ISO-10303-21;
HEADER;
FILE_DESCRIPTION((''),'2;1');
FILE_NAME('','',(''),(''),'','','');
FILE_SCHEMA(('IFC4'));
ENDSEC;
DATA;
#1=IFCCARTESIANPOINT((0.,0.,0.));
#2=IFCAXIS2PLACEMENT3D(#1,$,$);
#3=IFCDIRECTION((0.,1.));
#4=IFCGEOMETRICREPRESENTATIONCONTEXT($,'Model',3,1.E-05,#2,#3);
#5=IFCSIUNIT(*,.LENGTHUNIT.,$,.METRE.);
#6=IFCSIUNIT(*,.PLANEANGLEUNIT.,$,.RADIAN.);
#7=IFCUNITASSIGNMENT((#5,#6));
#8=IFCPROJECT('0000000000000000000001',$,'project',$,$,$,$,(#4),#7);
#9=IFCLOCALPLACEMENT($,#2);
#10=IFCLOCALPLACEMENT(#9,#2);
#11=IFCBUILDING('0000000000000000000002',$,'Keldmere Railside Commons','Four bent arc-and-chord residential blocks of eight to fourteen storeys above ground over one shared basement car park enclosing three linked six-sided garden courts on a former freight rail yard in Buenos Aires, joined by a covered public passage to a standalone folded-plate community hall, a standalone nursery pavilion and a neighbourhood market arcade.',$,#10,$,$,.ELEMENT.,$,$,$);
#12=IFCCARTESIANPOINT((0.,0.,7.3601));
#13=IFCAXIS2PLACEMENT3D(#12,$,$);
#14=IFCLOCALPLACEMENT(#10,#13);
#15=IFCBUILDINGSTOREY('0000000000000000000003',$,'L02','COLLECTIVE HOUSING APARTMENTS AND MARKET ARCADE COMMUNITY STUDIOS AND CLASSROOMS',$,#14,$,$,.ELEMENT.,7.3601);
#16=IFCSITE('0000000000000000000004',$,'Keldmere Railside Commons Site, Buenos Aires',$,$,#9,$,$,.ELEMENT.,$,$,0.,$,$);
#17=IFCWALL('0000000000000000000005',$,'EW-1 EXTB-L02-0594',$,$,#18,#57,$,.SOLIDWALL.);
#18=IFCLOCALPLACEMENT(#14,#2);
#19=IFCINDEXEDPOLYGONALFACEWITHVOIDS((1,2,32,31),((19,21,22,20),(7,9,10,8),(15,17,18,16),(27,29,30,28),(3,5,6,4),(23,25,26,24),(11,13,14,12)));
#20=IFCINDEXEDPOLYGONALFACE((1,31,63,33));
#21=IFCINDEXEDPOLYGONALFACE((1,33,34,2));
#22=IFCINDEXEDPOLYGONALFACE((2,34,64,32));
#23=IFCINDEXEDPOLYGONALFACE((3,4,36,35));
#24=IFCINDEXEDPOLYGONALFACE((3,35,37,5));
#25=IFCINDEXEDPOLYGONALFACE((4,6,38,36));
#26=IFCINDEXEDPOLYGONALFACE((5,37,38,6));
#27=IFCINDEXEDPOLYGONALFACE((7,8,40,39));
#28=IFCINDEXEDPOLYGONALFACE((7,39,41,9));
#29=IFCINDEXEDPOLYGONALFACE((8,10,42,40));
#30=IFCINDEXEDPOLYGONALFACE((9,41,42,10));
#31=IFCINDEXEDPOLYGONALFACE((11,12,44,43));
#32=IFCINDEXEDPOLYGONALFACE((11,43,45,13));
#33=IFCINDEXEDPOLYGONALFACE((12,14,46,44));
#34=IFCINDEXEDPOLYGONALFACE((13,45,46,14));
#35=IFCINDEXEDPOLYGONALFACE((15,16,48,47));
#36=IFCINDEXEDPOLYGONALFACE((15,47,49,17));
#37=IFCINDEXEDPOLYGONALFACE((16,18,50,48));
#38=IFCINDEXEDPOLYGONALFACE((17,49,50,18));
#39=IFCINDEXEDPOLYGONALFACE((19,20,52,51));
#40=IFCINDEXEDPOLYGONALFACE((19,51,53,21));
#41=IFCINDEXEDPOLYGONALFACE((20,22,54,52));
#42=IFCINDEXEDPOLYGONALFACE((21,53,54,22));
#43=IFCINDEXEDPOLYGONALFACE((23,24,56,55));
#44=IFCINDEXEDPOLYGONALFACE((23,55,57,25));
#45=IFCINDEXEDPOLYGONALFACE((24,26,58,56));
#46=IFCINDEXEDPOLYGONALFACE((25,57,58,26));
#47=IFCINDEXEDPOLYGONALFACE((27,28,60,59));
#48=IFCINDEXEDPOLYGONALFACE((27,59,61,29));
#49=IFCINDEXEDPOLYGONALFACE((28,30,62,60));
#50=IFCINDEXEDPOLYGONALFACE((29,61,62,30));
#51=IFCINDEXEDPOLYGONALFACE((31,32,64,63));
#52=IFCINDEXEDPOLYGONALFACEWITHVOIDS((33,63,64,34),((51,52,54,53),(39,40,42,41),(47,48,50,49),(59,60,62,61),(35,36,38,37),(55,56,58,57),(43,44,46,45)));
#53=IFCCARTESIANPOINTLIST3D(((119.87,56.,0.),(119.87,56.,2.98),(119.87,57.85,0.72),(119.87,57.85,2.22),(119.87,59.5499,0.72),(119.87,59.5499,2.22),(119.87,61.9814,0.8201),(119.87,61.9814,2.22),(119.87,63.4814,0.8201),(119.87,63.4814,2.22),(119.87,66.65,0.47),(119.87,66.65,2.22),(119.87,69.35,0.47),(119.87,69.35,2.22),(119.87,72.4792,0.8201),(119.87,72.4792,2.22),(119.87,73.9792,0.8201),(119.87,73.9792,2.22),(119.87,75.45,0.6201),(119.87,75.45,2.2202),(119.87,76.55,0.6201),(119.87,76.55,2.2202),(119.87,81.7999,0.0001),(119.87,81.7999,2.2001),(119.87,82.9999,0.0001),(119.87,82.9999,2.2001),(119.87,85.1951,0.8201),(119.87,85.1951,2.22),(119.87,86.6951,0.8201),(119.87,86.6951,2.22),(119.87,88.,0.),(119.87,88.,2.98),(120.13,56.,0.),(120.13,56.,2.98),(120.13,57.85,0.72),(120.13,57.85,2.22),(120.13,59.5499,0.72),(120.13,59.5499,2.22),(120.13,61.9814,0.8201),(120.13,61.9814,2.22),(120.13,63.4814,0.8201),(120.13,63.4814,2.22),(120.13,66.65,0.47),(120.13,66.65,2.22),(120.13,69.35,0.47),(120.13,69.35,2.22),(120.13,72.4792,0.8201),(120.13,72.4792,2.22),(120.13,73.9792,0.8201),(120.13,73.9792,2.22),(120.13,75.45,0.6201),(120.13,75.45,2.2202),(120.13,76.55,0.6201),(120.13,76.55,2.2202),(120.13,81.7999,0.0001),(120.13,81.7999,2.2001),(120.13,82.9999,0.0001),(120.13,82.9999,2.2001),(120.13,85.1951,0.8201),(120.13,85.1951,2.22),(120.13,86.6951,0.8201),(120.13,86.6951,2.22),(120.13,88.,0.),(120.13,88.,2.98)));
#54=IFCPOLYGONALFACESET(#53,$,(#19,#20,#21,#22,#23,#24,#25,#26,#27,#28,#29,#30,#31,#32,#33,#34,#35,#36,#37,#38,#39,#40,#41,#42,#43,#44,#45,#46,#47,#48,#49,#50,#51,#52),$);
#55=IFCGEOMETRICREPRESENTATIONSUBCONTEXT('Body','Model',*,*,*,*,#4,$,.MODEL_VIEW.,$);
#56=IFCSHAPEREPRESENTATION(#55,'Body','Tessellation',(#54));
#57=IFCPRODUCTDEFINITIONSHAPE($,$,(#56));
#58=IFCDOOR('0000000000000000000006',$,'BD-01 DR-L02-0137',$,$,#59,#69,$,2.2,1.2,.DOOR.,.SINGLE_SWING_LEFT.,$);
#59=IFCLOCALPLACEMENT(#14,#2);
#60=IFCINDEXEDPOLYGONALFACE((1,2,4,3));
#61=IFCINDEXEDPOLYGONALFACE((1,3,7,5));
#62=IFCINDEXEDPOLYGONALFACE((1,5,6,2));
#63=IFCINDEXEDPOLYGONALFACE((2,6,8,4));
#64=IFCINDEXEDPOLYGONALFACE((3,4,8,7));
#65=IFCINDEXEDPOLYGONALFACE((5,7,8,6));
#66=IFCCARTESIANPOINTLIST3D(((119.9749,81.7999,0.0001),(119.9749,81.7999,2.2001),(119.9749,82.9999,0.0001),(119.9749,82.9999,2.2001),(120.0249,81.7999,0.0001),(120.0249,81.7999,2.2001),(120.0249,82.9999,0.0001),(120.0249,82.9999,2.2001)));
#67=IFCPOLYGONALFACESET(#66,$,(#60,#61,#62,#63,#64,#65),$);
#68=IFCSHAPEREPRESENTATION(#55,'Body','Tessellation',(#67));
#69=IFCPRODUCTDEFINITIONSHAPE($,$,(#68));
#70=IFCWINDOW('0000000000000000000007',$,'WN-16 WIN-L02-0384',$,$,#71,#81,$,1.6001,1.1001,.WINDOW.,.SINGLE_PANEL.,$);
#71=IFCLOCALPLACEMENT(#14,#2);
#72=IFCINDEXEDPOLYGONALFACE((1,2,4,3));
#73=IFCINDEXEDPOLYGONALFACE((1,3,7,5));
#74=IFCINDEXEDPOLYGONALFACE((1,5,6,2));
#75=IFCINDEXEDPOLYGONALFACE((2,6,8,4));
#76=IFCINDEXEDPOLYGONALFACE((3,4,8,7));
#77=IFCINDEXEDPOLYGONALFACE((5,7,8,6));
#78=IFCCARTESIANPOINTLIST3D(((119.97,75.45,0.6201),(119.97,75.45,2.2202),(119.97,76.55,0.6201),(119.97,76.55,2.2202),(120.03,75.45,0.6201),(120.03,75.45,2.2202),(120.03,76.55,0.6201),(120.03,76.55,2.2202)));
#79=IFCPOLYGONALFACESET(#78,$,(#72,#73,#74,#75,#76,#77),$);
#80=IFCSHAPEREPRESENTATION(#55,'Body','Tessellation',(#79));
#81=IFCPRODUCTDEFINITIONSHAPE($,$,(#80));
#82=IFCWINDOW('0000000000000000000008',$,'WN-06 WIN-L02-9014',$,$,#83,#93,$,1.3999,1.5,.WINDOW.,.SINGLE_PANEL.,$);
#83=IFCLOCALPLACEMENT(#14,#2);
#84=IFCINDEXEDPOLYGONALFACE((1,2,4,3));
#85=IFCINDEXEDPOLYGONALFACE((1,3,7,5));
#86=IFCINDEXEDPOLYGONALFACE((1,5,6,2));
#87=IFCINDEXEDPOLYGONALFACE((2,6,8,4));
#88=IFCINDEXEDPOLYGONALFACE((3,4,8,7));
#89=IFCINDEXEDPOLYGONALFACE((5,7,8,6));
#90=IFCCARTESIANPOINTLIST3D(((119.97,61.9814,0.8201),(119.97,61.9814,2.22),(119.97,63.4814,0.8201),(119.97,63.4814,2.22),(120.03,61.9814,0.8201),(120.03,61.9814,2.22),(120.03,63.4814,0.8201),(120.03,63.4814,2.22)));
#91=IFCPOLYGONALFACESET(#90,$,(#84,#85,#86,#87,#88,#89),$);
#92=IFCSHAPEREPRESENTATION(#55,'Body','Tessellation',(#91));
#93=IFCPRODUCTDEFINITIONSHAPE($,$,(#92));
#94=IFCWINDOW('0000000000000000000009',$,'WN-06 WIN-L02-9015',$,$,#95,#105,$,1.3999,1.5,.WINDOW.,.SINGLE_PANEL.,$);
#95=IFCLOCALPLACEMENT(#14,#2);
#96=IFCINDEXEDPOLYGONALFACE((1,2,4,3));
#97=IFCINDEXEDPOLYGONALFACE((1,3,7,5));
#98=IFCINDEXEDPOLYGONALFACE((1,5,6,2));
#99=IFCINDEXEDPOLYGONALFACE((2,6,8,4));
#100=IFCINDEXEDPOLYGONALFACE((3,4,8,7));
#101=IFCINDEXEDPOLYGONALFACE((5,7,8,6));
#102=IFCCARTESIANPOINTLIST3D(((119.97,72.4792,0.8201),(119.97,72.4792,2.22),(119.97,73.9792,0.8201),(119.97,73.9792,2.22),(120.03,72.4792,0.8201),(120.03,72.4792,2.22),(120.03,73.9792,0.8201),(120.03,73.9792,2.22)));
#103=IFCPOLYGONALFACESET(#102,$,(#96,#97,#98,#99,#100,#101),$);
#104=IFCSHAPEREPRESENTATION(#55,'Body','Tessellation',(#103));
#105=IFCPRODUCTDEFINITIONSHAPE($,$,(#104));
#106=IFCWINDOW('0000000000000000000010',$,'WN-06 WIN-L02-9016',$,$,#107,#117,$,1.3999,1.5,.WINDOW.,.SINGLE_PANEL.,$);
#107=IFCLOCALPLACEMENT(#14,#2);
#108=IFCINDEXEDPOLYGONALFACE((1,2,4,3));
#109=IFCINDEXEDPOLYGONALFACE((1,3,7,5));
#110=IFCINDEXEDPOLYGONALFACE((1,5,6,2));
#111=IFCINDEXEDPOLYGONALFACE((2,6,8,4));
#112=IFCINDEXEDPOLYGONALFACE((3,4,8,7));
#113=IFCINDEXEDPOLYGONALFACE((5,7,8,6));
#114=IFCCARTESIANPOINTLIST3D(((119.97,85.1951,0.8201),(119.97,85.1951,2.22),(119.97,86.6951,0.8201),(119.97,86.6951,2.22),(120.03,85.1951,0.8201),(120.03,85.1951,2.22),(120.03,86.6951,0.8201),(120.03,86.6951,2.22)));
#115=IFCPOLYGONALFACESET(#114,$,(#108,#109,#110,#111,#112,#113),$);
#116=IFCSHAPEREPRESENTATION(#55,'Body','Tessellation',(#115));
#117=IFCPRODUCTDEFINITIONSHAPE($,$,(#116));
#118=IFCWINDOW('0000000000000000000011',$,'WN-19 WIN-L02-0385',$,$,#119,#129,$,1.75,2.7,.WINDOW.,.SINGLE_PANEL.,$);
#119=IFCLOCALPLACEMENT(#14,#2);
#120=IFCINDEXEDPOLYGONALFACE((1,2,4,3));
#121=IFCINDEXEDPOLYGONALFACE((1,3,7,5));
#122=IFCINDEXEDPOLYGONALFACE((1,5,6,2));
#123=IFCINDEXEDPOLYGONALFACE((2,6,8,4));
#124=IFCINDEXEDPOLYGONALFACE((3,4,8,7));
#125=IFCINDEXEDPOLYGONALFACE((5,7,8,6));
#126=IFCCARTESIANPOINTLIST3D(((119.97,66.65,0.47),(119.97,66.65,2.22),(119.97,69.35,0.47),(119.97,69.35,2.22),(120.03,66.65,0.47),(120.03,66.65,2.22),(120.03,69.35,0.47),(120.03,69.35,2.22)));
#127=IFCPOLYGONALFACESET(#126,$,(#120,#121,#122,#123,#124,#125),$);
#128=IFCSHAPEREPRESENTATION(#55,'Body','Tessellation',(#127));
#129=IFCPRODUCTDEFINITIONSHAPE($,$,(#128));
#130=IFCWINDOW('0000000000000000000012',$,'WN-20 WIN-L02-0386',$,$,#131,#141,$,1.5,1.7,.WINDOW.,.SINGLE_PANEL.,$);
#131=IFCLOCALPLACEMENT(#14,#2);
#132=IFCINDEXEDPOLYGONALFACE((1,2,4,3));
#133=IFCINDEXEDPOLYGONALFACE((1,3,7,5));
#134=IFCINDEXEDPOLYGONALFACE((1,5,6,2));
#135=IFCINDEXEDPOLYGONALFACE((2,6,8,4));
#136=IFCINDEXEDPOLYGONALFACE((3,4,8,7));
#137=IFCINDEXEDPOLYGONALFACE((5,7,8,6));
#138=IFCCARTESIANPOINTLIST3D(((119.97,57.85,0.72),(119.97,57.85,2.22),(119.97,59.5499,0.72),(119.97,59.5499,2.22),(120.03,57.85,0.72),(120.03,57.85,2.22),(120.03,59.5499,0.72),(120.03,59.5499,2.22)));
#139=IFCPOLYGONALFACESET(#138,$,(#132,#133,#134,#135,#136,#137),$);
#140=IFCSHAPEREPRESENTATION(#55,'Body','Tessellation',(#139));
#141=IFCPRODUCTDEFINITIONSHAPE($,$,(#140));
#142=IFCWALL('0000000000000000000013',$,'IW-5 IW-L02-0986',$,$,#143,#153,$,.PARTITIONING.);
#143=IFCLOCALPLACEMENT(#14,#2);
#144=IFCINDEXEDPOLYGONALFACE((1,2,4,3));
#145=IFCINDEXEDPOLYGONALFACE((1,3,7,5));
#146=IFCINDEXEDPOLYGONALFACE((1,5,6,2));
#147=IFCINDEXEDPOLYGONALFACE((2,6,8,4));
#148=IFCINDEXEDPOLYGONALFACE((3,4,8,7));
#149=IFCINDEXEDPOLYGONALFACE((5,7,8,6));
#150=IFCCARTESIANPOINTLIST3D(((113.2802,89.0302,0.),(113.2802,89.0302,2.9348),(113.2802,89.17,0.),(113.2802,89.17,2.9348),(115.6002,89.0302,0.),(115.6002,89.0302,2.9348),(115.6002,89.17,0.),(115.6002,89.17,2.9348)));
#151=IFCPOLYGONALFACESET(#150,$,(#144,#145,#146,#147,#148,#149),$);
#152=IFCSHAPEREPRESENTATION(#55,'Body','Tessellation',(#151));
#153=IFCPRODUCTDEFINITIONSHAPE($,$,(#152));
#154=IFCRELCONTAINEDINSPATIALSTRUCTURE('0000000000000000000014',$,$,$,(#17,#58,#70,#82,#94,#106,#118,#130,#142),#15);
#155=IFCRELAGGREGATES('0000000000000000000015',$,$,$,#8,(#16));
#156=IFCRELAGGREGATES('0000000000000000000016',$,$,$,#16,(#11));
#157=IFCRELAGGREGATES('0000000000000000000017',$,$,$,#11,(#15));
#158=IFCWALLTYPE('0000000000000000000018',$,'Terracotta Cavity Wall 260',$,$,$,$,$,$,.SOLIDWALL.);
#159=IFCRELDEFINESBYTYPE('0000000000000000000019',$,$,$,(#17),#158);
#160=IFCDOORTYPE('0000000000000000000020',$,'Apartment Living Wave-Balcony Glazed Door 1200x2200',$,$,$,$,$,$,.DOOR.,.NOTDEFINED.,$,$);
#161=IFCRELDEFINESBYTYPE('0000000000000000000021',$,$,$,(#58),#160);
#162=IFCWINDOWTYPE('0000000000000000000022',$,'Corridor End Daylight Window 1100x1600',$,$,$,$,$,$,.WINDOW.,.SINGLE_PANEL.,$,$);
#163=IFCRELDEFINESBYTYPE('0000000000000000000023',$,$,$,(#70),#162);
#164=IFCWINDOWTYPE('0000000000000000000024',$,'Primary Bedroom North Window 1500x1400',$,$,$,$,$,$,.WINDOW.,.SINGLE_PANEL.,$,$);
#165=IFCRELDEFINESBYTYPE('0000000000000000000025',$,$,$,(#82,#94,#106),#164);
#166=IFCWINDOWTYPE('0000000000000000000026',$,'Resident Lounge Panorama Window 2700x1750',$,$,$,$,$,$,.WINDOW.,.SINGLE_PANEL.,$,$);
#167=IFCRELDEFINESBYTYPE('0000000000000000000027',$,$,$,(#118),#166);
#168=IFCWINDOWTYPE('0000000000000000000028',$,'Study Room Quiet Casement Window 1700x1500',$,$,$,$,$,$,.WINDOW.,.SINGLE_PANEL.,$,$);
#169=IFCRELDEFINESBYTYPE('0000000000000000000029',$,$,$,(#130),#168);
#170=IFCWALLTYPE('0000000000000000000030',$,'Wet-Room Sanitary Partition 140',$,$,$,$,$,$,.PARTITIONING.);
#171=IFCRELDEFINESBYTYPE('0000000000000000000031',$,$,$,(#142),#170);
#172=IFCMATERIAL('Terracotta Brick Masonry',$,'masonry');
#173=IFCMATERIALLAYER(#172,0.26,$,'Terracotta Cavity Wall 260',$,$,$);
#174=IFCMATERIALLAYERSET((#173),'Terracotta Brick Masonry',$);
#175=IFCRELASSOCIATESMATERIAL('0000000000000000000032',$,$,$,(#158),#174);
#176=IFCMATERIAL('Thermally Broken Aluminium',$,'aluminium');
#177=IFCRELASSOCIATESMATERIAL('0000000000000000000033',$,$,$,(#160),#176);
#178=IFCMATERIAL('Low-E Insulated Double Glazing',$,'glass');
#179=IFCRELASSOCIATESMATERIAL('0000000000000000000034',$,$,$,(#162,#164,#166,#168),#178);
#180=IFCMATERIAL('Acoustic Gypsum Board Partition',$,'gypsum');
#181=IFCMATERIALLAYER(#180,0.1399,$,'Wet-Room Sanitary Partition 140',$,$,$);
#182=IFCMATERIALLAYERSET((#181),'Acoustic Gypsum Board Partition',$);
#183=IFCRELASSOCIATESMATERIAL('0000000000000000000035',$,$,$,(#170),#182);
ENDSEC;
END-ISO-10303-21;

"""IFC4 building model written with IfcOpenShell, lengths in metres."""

from ifc_helpers import new_model, si_unit, direction, frame, frame_2d, origin, place, context, subcontext, project, spatial, rectangle, extrude, material, layer, layer_set, type_object, element, fill, save


model = new_model("IFC4")

# Units and contexts
model_context = context("Model", 3, precision=1e-05, world=origin(), true_north=direction((0.0, 1.0)))
body_context = subcontext(model_context, "Body", "Model", "MODEL_VIEW")
ifc_project = project(units=[si_unit("LENGTHUNIT", "METRE"), si_unit("PLANEANGLEUNIT", "RADIAN")], contexts=[model_context])

# Site, building, storey
site_placement = place(None, origin())
site = spatial("IfcSite", under=ifc_project, at=site_placement, Name="Keldmere Railside Commons Site, Buenos Aires", CompositionType="ELEMENT", RefElevation=0.0)
building_placement = place(site_placement, origin())
building = spatial("IfcBuilding", under=site, at=building_placement, Name="Keldmere Railside Commons", Description="Four bent arc-and-chord residential blocks of eight to fourteen storeys above ground over one shared basement car park enclosing three linked six-sided garden courts on a former freight rail yard in Buenos Aires, joined by a covered public passage to a standalone folded-plate community hall, a standalone nursery pavilion and a neighbourhood market arcade.", CompositionType="ELEMENT")
storey_placement = place(building_placement, frame((0.0, 0.0, 7.3601)))
storey = spatial("IfcBuildingStorey", under=building, at=storey_placement, Name="L02", Description="COLLECTIVE HOUSING APARTMENTS AND MARKET ARCADE COMMUNITY STUDIOS AND CLASSROOMS", CompositionType="ELEMENT", Elevation=7.3601)

# Shared definitions
ifc_material_1 = material(Name="Acoustic Gypsum Board Partition", Category="gypsum")

# Wall, openings, door, windows
ifc_material_2 = material(Name="Terracotta Brick Masonry", Category="masonry")
ifc_layer_1 = layer(ifc_material_2, 0.26, Name="Terracotta Cavity Wall 260")
ifc_layer_set_1 = layer_set([ifc_layer_1], Name="Terracotta Brick Masonry")
wall_type_1 = type_object("IfcWallType", Name="Terracotta Cavity Wall 260", PredefinedType="SOLIDWALL", material=ifc_layer_set_1)
wall_1_placement = place(storey_placement, frame((120.0, 88.0, 0.0), z_axis=(0.0, 0.0, 1.0), x_axis=(0.0, -1.0, 0.0)))
wall_1 = element("IfcWall", 1, at=wall_1_placement, inside=storey, type_object=wall_type_1, Name="EW-1 EXTB-L02-0594", PredefinedType="SOLIDWALL", context=body_context, shape_type="SweptSolid", body=[
    extrude(rectangle(XDim=32.0, YDim=0.26, at=frame_2d((16.0, 0.0))), origin(), (0.0, 0.0, 1.0), 2.98),
])
opening_1_placement = place(wall_1_placement, frame((5.0, 0.0, 0.0)))
opening_1 = element("IfcOpeningElement", 2, at=opening_1_placement, cuts=wall_1, PredefinedType="OPENING", context=body_context, shape_type="SweptSolid", body=[
    extrude(rectangle(XDim=1.2, YDim=2.2, at=frame_2d((0.6001, 1.1001))), frame((0.0, 0.1399, 0.0), z_axis=(0.0, -1.0, 0.0), x_axis=(1.0, 0.0, 0.0)), (0.0, 0.0, 1.0), 0.28),
])
opening_2_placement = place(wall_1_placement, frame((11.45, 0.0, 0.6201)))
opening_2 = element("IfcOpeningElement", 3, at=opening_2_placement, cuts=wall_1, PredefinedType="OPENING", context=body_context, shape_type="SweptSolid", body=[
    extrude(rectangle(XDim=1.1001, YDim=1.6001, at=frame_2d((0.55, 0.8))), frame((0.0, 0.1399, 0.0), z_axis=(0.0, -1.0, 0.0), x_axis=(1.0, 0.0, 0.0)), (0.0, 0.0, 1.0), 0.28),
])
opening_3_placement = place(wall_1_placement, frame((18.6499, 0.0, 0.47)))
opening_3 = element("IfcOpeningElement", 4, at=opening_3_placement, cuts=wall_1, PredefinedType="OPENING", context=body_context, shape_type="SweptSolid", body=[
    extrude(rectangle(XDim=2.7, YDim=1.75, at=frame_2d((1.3501, 0.875))), frame((0.0, 0.1399, 0.0), z_axis=(0.0, -1.0, 0.0), x_axis=(1.0, 0.0, 0.0)), (0.0, 0.0, 1.0), 0.28),
])
opening_4_placement = place(wall_1_placement, frame((28.45, 0.0, 0.72)))
opening_4 = element("IfcOpeningElement", 5, at=opening_4_placement, cuts=wall_1, PredefinedType="OPENING", context=body_context, shape_type="SweptSolid", body=[
    extrude(rectangle(XDim=1.7, YDim=1.5, at=frame_2d((0.8501, 0.75))), frame((0.0, 0.1399, 0.0), z_axis=(0.0, -1.0, 0.0), x_axis=(1.0, 0.0, 0.0)), (0.0, 0.0, 1.0), 0.28),
])
opening_5_placement = place(wall_1_placement, frame((24.5186, 0.0, 0.8201)))
opening_5 = element("IfcOpeningElement", 6, at=opening_5_placement, cuts=wall_1, PredefinedType="OPENING", context=body_context, shape_type="SweptSolid", body=[
    extrude(rectangle(XDim=1.5, YDim=1.3999, at=frame_2d((0.75, 0.7))), frame((0.0, 0.1399, 0.0), z_axis=(0.0, -1.0, 0.0), x_axis=(1.0, 0.0, 0.0)), (0.0, 0.0, 1.0), 0.28),
])
opening_6_placement = place(wall_1_placement, frame((14.0208, 0.0, 0.8201)))
opening_6 = element("IfcOpeningElement", 7, at=opening_6_placement, cuts=wall_1, PredefinedType="OPENING", context=body_context, shape_type="SweptSolid", body=[
    extrude(rectangle(XDim=1.5, YDim=1.3999, at=frame_2d((0.75, 0.7))), frame((0.0, 0.1399, 0.0), z_axis=(0.0, -1.0, 0.0), x_axis=(1.0, 0.0, 0.0)), (0.0, 0.0, 1.0), 0.28),
])
opening_7_placement = place(wall_1_placement, frame((1.3049, 0.0, 0.8201)))
opening_7 = element("IfcOpeningElement", 8, at=opening_7_placement, cuts=wall_1, PredefinedType="OPENING", context=body_context, shape_type="SweptSolid", body=[
    extrude(rectangle(XDim=1.5, YDim=1.3999, at=frame_2d((0.75, 0.7))), frame((0.0, 0.1399, 0.0), z_axis=(0.0, -1.0, 0.0), x_axis=(1.0, 0.0, 0.0)), (0.0, 0.0, 1.0), 0.28),
])
ifc_material_3 = material(Name="Thermally Broken Aluminium", Category="aluminium")
door_type_1 = type_object("IfcDoorType", Name="Apartment Living Wave-Balcony Glazed Door 1200x2200", OperationType="NOTDEFINED", PredefinedType="DOOR", material=ifc_material_3)
door_1_placement = place(opening_1_placement, origin())
door_1 = element("IfcDoor", 9, at=door_1_placement, inside=storey, type_object=door_type_1, Name="BD-01 DR-L02-0137", OperationType="SINGLE_SWING_LEFT", OverallHeight=2.2, OverallWidth=1.2, PredefinedType="DOOR", context=body_context, shape_type="SweptSolid", body=[
    extrude(rectangle(XDim=1.2, YDim=2.2, at=frame_2d((0.6001, 1.1001))), frame((0.0, 0.0249, 0.0), z_axis=(0.0, -1.0, 0.0), x_axis=(1.0, 0.0, 0.0)), (0.0, 0.0, 1.0), 0.05),
])
fill(opening_1, door_1)
ifc_material_4 = material(Name="Low-E Insulated Double Glazing", Category="glass")
window_type_1 = type_object("IfcWindowType", Name="Corridor End Daylight Window 1100x1600", PartitioningType="SINGLE_PANEL", PredefinedType="WINDOW", material=ifc_material_4)
window_1_placement = place(opening_2_placement, origin())
window_1 = element("IfcWindow", 10, at=window_1_placement, inside=storey, type_object=window_type_1, Name="WN-16 WIN-L02-0384", OverallHeight=1.6001, OverallWidth=1.1001, PartitioningType="SINGLE_PANEL", PredefinedType="WINDOW", context=body_context, shape_type="SweptSolid", body=[
    extrude(rectangle(XDim=1.1001, YDim=1.6001, at=frame_2d((0.55, 0.8))), frame((0.0, 0.03, 0.0), z_axis=(0.0, -1.0, 0.0), x_axis=(1.0, 0.0, 0.0)), (0.0, 0.0, 1.0), 0.0601),
])
fill(opening_2, window_1)
window_type_2 = type_object("IfcWindowType", Name="Primary Bedroom North Window 1500x1400", PartitioningType="SINGLE_PANEL", PredefinedType="WINDOW", material=ifc_material_4)
window_2_placement = place(opening_5_placement, origin())
window_2 = element("IfcWindow", 11, at=window_2_placement, inside=storey, type_object=window_type_2, Name="WN-06 WIN-L02-9014", OverallHeight=1.3999, OverallWidth=1.5, PartitioningType="SINGLE_PANEL", PredefinedType="WINDOW", context=body_context, shape_type="SweptSolid", body=[
    extrude(rectangle(XDim=1.5, YDim=1.3999, at=frame_2d((0.75, 0.7))), frame((0.0, 0.03, 0.0), z_axis=(0.0, -1.0, 0.0), x_axis=(1.0, 0.0, 0.0)), (0.0, 0.0, 1.0), 0.0601),
])
fill(opening_5, window_2)
window_3_placement = place(opening_6_placement, origin())
window_3 = element("IfcWindow", 12, at=window_3_placement, inside=storey, type_object=window_type_2, Name="WN-06 WIN-L02-9015", OverallHeight=1.3999, OverallWidth=1.5, PartitioningType="SINGLE_PANEL", PredefinedType="WINDOW", context=body_context, shape_type="SweptSolid", body=[
    extrude(rectangle(XDim=1.5, YDim=1.3999, at=frame_2d((0.75, 0.7))), frame((0.0, 0.03, 0.0), z_axis=(0.0, -1.0, 0.0), x_axis=(1.0, 0.0, 0.0)), (0.0, 0.0, 1.0), 0.0601),
])
fill(opening_6, window_3)
window_4_placement = place(opening_7_placement, origin())
window_4 = element("IfcWindow", 13, at=window_4_placement, inside=storey, type_object=window_type_2, Name="WN-06 WIN-L02-9016", OverallHeight=1.3999, OverallWidth=1.5, PartitioningType="SINGLE_PANEL", PredefinedType="WINDOW", context=body_context, shape_type="SweptSolid", body=[
    extrude(rectangle(XDim=1.5, YDim=1.3999, at=frame_2d((0.75, 0.7))), frame((0.0, 0.03, 0.0), z_axis=(0.0, -1.0, 0.0), x_axis=(1.0, 0.0, 0.0)), (0.0, 0.0, 1.0), 0.0601),
])
fill(opening_7, window_4)
window_type_3 = type_object("IfcWindowType", Name="Resident Lounge Panorama Window 2700x1750", PartitioningType="SINGLE_PANEL", PredefinedType="WINDOW", material=ifc_material_4)
window_5_placement = place(opening_3_placement, origin())
window_5 = element("IfcWindow", 14, at=window_5_placement, inside=storey, type_object=window_type_3, Name="WN-19 WIN-L02-0385", OverallHeight=1.75, OverallWidth=2.7, PartitioningType="SINGLE_PANEL", PredefinedType="WINDOW", context=body_context, shape_type="SweptSolid", body=[
    extrude(rectangle(XDim=2.7, YDim=1.75, at=frame_2d((1.3501, 0.875))), frame((0.0, 0.03, 0.0), z_axis=(0.0, -1.0, 0.0), x_axis=(1.0, 0.0, 0.0)), (0.0, 0.0, 1.0), 0.0601),
])
fill(opening_3, window_5)
window_type_4 = type_object("IfcWindowType", Name="Study Room Quiet Casement Window 1700x1500", PartitioningType="SINGLE_PANEL", PredefinedType="WINDOW", material=ifc_material_4)
window_6_placement = place(opening_4_placement, origin())
window_6 = element("IfcWindow", 15, at=window_6_placement, inside=storey, type_object=window_type_4, Name="WN-20 WIN-L02-0386", OverallHeight=1.5, OverallWidth=1.7, PartitioningType="SINGLE_PANEL", PredefinedType="WINDOW", context=body_context, shape_type="SweptSolid", body=[
    extrude(rectangle(XDim=1.7, YDim=1.5, at=frame_2d((0.8501, 0.75))), frame((0.0, 0.03, 0.0), z_axis=(0.0, -1.0, 0.0), x_axis=(1.0, 0.0, 0.0)), (0.0, 0.0, 1.0), 0.0601),
])
fill(opening_4, window_6)

# Wall
ifc_layer_2 = layer(ifc_material_1, 0.1399, Name="Wet-Room Sanitary Partition 140")
ifc_layer_set_2 = layer_set([ifc_layer_2], Name="Acoustic Gypsum Board Partition")
wall_type_2 = type_object("IfcWallType", Name="Wet-Room Sanitary Partition 140", PredefinedType="PARTITIONING", material=ifc_layer_set_2)
wall_2_placement = place(storey_placement, frame((113.28, 89.1001, 0.0), z_axis=(0.0, 0.0, 1.0), x_axis=(1.0, 0.0, 0.0)))
element("IfcWall", 16, at=wall_2_placement, inside=storey, type_object=wall_type_2, Name="IW-5 IW-L02-0986", PredefinedType="PARTITIONING", context=body_context, shape_type="SweptSolid", body=[
    extrude(rectangle(XDim=2.3201, YDim=0.1399, at=frame_2d((1.1602, 0.0))), origin(), (0.0, 0.0, 1.0), 2.9348),
])

save(model, "model.ifc")
